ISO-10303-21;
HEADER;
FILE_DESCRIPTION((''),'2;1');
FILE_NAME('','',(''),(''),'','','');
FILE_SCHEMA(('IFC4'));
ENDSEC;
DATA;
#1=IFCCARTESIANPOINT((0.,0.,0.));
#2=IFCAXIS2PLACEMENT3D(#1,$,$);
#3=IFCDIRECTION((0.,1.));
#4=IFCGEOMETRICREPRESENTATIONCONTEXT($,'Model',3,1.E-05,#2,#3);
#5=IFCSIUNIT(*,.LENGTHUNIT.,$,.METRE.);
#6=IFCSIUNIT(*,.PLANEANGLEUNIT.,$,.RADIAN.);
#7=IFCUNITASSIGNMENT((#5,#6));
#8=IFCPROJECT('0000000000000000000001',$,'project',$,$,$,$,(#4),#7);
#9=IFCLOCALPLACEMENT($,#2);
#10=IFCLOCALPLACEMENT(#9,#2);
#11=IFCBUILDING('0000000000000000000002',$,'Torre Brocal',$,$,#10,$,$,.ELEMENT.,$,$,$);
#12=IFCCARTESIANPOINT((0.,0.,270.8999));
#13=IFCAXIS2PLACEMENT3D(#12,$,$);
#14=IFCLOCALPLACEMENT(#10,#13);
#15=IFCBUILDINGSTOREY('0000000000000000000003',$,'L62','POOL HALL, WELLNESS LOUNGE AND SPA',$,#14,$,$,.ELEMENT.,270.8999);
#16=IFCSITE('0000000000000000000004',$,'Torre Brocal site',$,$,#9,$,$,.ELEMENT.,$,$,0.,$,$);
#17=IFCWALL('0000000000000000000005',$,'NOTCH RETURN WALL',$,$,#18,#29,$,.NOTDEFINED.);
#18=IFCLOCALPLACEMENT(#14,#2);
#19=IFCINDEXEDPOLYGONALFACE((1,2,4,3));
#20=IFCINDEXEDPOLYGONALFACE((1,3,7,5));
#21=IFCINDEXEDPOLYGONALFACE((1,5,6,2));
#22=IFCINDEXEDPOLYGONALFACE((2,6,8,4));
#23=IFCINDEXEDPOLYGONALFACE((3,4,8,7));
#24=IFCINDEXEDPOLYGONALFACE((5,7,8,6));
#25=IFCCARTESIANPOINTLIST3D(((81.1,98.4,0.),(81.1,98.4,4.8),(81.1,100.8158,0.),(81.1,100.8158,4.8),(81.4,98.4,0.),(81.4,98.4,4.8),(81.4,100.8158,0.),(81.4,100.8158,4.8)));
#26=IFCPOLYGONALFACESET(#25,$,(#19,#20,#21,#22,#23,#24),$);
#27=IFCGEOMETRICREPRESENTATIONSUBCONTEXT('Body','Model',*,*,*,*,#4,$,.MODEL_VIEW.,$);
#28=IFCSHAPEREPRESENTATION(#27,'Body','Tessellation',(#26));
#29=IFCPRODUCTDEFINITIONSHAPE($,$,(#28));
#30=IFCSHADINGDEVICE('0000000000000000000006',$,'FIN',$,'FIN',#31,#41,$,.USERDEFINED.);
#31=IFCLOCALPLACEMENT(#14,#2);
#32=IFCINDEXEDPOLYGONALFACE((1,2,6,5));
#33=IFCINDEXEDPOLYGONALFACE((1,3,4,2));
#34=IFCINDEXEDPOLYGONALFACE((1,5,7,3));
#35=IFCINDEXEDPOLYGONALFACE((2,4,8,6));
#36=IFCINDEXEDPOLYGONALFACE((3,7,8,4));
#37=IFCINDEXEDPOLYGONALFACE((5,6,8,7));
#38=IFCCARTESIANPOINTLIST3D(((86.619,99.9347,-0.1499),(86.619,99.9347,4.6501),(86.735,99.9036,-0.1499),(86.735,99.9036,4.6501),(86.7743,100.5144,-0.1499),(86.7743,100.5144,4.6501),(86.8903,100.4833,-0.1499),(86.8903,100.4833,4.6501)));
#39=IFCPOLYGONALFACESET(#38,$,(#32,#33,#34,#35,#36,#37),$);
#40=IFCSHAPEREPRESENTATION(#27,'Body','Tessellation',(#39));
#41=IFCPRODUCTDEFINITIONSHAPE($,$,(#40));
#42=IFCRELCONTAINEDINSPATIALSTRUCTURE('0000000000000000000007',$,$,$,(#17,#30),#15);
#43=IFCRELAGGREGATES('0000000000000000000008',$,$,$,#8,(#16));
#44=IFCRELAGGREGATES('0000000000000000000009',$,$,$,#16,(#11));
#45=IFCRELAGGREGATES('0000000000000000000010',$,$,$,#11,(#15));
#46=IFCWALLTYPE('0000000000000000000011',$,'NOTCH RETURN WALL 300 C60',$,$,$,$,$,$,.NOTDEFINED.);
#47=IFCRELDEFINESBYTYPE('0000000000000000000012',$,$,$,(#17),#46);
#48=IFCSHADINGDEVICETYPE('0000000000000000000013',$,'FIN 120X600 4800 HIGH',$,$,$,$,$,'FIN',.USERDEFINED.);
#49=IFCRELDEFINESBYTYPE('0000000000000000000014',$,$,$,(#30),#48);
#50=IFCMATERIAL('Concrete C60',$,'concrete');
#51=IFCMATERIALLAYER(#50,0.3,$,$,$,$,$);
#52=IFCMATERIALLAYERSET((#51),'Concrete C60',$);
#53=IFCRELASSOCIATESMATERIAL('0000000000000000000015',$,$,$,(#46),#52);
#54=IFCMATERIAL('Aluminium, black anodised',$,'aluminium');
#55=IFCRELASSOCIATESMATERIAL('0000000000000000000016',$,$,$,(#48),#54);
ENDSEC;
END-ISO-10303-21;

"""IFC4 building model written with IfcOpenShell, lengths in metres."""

from ifc_helpers import new_model, si_unit, direction, frame, frame_2d, origin, origin_2d, place, context, subcontext, project, spatial, rectangle, extrude, material, layer, layer_set, material_profile, profile_set, type_object, element, save


model = new_model("IFC4")

# Units and contexts
model_context = context("Model", 3, precision=1e-05, world=origin(), true_north=direction((0.0, 1.0)))
body_context = subcontext(model_context, "Body", "Model", "MODEL_VIEW")
ifc_project = project(units=[si_unit("LENGTHUNIT", "METRE"), si_unit("PLANEANGLEUNIT", "RADIAN")], contexts=[model_context])

# Site, building, storey
site_placement = place(None, origin())
site = spatial("IfcSite", under=ifc_project, at=site_placement, Name="Torre Brocal site", CompositionType="ELEMENT", RefElevation=0.0)
building_placement = place(site_placement, origin())
building = spatial("IfcBuilding", under=site, at=building_placement, Name="Torre Brocal", CompositionType="ELEMENT")
storey_placement = place(building_placement, frame((0.0, 0.0, 270.8999)))
storey = spatial("IfcBuildingStorey", under=building, at=storey_placement, Name="L62", Description="POOL HALL, WELLNESS LOUNGE AND SPA", CompositionType="ELEMENT", Elevation=270.8999)

# Wall
ifc_material_1 = material(Name="Concrete C60", Category="concrete")
ifc_layer_1 = layer(ifc_material_1, 0.3)
ifc_layer_set_1 = layer_set([ifc_layer_1], Name="Concrete C60")
wall_type = type_object("IfcWallType", Name="NOTCH RETURN WALL 300 C60", PredefinedType="NOTDEFINED", material=ifc_layer_set_1)
wall_placement = place(storey_placement, frame((81.25, 98.3999, 0.0), z_axis=(0.0, 0.0, 1.0), x_axis=(0.0, 1.0, 0.0)))
element("IfcWall", 1, at=wall_placement, inside=storey, type_object=wall_type, Name="NOTCH RETURN WALL", PredefinedType="NOTDEFINED", context=body_context, shape_type="SweptSolid", body=[
    extrude(rectangle(XDim=2.4158, YDim=0.3, at=frame_2d((1.208, 0.0))), origin(), (0.0, 0.0, 1.0), 4.8),
])

# Shading device
ifc_material_2 = material(Name="Aluminium, black anodised", Category="aluminium")
ifc_material_profile_1 = material_profile(ifc_material_2, rectangle(XDim=0.1201, YDim=0.6001, at=origin_2d()), Name="FIN 120X600 4800 HIGH")
ifc_profile_set_1 = profile_set([ifc_material_profile_1], Name="Aluminium, black anodised")
shading_device_type = type_object("IfcShadingDeviceType", Name="FIN 120X600 4800 HIGH", ElementType="FIN", PredefinedType="USERDEFINED", material=ifc_profile_set_1)
shading_device_placement = place(storey_placement, frame((86.7546, 100.209, -0.1499), z_axis=(0.0, 0.0, 1.0), x_axis=(-0.965926, 0.258819, 0.0)))
element("IfcShadingDevice", 2, at=shading_device_placement, inside=storey, type_object=shading_device_type, Name="FIN", ObjectType="FIN", PredefinedType="USERDEFINED", context=body_context, shape_type="SweptSolid", body=[
    extrude(rectangle(XDim=0.1201, YDim=0.6001, at=origin_2d()), origin(), (0.0, 0.0, 1.0), 4.8),
])

save(model, "model.ifc")
